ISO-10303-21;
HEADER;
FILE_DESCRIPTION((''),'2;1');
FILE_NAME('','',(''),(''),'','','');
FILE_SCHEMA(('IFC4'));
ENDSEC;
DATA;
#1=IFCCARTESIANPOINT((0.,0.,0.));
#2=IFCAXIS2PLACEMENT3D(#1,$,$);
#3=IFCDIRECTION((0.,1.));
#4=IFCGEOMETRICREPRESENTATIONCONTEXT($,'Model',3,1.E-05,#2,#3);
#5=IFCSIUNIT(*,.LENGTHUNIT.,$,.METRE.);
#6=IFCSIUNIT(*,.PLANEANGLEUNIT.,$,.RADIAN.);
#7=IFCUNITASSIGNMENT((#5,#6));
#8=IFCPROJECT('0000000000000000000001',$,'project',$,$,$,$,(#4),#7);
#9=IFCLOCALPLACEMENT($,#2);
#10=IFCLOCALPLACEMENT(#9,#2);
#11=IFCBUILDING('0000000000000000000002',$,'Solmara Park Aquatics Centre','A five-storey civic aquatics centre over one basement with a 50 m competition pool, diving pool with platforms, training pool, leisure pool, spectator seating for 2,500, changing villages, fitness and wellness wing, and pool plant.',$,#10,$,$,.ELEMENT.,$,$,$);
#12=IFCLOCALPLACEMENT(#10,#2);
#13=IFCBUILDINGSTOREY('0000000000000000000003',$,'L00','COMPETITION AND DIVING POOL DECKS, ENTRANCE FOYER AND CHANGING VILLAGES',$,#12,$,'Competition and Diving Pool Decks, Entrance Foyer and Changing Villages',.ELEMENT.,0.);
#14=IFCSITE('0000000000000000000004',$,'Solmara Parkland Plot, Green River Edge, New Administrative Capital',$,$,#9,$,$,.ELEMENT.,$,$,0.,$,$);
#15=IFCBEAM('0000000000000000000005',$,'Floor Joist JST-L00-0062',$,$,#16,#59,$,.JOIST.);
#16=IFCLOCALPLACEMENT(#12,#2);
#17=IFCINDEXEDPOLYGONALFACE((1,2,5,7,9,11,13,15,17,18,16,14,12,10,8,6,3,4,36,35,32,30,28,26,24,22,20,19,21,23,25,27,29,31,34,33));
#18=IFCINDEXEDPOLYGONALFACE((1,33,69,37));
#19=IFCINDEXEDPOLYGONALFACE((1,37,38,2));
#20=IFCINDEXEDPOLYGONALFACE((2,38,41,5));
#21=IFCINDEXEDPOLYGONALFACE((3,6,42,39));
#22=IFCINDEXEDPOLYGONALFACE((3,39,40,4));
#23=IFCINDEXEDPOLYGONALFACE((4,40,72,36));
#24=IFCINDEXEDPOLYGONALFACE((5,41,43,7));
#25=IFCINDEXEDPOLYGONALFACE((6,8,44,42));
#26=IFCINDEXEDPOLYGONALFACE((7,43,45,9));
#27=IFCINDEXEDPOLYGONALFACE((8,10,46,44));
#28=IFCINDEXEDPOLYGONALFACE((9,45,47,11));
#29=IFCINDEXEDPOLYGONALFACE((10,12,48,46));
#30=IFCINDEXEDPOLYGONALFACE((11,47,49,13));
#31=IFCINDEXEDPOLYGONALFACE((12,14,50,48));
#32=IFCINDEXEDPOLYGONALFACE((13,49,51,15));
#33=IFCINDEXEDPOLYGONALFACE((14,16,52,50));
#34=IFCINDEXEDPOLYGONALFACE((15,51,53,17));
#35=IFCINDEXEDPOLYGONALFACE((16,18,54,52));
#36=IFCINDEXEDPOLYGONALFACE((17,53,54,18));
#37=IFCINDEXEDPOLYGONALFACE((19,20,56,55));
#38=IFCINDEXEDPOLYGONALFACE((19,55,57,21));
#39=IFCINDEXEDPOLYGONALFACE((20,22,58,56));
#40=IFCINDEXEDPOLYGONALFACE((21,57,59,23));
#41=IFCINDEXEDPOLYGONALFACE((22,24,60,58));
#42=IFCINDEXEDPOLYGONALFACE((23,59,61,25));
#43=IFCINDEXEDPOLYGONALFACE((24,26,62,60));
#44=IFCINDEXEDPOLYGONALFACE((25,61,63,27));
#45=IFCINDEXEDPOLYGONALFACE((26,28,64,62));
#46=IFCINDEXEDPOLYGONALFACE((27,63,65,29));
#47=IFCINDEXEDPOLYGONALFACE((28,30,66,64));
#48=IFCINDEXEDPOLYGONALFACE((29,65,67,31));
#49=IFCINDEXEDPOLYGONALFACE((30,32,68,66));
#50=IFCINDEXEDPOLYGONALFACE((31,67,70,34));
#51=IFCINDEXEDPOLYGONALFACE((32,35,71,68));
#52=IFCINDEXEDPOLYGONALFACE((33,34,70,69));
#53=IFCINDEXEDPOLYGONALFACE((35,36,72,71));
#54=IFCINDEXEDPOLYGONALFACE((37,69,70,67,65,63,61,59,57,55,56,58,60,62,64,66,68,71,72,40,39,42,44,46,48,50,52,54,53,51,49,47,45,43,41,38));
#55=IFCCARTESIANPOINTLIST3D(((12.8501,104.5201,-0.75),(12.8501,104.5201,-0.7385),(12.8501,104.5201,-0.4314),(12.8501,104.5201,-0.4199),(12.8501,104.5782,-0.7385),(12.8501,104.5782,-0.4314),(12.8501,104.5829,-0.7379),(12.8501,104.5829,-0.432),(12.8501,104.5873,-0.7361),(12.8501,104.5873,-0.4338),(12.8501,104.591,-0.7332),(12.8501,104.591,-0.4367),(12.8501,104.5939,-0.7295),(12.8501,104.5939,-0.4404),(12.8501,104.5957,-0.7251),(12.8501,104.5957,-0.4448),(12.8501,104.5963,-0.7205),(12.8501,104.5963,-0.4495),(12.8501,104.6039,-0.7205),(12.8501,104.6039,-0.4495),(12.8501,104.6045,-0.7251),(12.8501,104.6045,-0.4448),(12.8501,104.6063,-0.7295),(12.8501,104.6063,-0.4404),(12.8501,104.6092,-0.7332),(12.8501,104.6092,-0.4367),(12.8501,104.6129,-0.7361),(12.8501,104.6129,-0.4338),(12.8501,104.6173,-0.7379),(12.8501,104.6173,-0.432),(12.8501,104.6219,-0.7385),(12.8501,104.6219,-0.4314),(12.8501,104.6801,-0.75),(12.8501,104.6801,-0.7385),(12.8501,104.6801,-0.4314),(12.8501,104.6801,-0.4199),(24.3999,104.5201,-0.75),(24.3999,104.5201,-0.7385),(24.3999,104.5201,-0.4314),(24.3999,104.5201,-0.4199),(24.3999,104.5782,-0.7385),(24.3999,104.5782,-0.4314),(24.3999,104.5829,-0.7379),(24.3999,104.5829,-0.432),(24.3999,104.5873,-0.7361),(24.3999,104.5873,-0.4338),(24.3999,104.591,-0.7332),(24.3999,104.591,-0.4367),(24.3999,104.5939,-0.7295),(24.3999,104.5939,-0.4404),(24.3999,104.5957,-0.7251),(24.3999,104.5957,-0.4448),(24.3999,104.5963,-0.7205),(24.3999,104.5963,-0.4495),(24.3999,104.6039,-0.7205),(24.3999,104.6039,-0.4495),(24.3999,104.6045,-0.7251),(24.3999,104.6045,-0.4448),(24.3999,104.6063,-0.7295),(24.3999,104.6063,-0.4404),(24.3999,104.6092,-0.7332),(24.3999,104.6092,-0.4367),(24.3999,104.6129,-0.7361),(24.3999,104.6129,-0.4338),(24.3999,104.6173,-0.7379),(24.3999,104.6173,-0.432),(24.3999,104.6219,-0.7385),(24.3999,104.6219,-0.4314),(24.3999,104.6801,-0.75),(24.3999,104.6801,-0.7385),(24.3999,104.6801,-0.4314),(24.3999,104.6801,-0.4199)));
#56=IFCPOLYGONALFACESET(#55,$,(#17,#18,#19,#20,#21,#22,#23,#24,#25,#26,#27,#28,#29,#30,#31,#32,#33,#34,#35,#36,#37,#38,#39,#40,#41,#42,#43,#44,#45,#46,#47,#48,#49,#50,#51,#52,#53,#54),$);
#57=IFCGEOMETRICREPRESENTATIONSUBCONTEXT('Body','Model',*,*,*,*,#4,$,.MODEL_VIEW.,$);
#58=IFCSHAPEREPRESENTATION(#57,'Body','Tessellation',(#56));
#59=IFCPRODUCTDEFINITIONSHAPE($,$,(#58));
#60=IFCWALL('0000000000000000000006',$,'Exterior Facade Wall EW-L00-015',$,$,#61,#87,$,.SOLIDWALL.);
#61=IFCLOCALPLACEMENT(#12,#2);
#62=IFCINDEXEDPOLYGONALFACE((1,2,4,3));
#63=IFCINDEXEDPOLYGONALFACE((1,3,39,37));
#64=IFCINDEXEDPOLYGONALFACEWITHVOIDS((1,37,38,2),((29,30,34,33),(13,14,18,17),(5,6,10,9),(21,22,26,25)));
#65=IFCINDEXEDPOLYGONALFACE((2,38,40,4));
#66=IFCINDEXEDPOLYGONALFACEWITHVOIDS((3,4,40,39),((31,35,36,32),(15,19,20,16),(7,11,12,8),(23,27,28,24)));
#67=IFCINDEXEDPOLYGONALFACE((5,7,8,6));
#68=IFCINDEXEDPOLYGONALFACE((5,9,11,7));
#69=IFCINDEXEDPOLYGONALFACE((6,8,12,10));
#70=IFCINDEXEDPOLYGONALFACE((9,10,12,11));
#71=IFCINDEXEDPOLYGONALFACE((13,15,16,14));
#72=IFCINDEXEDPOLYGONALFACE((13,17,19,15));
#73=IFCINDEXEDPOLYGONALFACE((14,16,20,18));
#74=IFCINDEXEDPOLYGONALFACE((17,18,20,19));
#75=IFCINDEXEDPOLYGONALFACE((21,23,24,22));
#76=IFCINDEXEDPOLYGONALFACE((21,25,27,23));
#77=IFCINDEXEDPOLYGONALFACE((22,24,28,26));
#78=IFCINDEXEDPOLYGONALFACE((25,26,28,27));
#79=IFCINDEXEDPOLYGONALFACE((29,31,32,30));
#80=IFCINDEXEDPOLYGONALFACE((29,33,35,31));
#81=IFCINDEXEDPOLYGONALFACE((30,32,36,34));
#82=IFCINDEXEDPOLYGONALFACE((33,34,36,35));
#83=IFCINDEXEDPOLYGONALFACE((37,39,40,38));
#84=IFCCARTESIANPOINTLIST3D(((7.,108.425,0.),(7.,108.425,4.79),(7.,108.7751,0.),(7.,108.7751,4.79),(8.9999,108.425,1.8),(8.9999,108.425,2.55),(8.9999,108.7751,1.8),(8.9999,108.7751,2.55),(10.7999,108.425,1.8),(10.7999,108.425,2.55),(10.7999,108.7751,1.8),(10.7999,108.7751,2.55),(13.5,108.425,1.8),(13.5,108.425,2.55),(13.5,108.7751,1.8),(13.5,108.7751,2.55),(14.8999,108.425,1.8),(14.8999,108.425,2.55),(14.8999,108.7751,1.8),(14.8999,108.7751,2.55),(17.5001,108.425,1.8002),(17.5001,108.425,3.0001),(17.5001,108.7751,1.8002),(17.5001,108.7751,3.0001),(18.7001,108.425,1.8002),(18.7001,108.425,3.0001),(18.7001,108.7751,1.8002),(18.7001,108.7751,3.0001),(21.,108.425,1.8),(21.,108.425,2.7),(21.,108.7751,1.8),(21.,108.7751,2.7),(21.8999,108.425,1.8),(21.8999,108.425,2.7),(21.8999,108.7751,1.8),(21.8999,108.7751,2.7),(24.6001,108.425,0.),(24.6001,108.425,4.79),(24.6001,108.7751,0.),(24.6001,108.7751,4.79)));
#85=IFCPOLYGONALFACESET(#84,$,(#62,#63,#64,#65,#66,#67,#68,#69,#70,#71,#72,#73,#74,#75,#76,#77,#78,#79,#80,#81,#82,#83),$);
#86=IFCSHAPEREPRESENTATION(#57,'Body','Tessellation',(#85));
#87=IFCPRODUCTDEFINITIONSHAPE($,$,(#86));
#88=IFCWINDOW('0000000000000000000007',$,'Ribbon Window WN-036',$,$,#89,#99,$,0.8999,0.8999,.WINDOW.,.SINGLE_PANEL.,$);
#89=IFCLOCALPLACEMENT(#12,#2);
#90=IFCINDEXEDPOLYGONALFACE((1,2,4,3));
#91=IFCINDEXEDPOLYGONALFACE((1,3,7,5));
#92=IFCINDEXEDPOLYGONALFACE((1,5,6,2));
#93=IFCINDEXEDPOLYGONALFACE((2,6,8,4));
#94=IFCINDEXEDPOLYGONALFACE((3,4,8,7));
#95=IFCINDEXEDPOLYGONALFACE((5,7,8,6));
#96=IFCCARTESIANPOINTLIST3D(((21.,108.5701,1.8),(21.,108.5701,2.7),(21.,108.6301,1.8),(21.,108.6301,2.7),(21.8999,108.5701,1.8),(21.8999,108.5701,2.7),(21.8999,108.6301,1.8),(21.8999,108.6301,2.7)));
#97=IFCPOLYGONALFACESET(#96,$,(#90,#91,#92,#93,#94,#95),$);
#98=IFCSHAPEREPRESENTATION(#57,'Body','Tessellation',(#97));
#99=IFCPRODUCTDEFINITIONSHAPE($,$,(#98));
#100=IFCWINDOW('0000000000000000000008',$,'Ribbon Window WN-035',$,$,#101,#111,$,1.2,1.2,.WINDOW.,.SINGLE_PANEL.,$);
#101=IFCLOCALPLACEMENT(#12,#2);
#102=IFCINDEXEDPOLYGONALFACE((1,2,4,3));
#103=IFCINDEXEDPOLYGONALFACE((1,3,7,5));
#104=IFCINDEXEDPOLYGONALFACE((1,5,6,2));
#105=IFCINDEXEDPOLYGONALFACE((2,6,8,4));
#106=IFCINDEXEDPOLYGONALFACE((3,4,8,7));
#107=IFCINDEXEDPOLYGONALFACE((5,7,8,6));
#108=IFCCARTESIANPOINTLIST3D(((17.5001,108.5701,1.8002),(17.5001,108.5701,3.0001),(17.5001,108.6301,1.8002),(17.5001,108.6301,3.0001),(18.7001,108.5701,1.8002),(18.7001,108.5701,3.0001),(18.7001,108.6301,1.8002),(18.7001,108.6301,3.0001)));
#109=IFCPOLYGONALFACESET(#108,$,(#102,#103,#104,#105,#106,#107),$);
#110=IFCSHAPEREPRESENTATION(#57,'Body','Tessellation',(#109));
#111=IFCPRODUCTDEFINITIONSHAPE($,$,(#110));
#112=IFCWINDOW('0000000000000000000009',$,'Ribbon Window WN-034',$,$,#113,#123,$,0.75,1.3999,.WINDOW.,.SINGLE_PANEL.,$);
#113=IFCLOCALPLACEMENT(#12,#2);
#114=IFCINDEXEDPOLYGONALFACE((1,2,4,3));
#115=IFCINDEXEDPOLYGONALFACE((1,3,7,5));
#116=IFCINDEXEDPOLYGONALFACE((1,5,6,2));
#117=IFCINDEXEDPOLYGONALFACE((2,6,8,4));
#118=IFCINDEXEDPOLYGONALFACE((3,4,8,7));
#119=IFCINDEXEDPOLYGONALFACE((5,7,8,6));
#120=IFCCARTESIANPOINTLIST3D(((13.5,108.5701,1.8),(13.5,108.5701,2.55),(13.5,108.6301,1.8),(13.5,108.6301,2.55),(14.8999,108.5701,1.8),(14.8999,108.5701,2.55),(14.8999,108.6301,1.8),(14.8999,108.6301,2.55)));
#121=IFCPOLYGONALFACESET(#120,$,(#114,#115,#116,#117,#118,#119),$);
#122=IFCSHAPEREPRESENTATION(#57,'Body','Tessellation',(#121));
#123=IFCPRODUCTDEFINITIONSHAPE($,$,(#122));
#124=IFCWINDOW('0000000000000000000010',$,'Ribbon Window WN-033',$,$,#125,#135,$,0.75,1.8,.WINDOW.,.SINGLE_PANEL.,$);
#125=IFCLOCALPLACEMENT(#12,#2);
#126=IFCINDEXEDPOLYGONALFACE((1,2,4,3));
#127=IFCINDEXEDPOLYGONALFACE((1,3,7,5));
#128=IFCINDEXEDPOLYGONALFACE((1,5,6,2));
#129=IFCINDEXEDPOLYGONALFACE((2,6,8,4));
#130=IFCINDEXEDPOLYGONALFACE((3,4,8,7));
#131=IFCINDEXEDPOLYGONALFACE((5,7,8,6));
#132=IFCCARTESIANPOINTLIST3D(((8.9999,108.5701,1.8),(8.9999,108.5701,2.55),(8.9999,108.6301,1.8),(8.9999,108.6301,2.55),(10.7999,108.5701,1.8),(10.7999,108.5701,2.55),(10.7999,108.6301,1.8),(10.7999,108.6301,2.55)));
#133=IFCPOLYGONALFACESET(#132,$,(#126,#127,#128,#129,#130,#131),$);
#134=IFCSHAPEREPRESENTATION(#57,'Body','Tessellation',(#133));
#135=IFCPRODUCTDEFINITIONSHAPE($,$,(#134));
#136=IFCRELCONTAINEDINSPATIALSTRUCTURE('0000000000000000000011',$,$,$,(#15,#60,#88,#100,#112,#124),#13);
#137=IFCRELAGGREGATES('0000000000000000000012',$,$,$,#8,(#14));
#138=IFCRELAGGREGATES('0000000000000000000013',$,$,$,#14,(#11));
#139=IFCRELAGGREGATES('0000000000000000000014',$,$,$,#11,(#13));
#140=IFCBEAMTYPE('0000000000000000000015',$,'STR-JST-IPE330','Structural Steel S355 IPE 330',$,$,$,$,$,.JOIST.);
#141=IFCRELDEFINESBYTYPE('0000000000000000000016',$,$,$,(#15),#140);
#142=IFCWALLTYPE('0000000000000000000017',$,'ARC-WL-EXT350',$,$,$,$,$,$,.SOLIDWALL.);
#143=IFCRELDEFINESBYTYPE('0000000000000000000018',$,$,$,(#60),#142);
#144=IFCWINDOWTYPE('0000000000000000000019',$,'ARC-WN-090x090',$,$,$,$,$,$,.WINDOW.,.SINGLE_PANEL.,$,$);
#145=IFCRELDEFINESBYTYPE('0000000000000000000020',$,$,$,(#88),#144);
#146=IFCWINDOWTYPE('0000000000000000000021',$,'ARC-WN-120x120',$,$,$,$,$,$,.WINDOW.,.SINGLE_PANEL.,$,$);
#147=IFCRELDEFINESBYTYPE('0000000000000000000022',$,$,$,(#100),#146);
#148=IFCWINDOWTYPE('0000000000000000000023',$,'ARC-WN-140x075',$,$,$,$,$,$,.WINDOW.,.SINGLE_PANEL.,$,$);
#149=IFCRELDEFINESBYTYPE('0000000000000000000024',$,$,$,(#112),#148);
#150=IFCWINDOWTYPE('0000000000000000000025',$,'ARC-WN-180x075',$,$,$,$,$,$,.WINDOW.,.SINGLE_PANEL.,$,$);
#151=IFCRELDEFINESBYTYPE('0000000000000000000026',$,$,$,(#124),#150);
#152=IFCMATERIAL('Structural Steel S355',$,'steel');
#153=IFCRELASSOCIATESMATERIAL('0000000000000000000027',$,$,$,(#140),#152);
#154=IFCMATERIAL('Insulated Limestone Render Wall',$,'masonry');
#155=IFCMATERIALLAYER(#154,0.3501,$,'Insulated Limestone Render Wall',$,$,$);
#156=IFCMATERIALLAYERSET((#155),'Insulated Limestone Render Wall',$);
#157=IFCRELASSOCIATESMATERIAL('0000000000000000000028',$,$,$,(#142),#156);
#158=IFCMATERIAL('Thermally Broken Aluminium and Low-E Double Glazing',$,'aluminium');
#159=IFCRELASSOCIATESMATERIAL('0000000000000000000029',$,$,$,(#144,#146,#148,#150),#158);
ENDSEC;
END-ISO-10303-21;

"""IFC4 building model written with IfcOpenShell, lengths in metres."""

from ifc_helpers import new_model, si_unit, direction, frame, frame_2d, origin, origin_2d, place, context, subcontext, project, spatial, rectangle, i_section, extrude, material, layer, layer_set, material_profile, profile_set, type_object, element, fill, save


model = new_model("IFC4")

# Units and contexts
model_context = context("Model", 3, precision=1e-05, world=origin(), true_north=direction((0.0, 1.0)))
body_context = subcontext(model_context, "Body", "Model", "MODEL_VIEW")
ifc_project = project(units=[si_unit("LENGTHUNIT", "METRE"), si_unit("PLANEANGLEUNIT", "RADIAN")], contexts=[model_context])

# Site, building, storey
site_placement = place(None, origin())
site = spatial("IfcSite", under=ifc_project, at=site_placement, Name="Solmara Parkland Plot, Green River Edge, New Administrative Capital", CompositionType="ELEMENT", RefElevation=0.0)
building_placement = place(site_placement, origin())
building = spatial("IfcBuilding", under=site, at=building_placement, Name="Solmara Park Aquatics Centre", Description="A five-storey civic aquatics centre over one basement with a 50 m competition pool, diving pool with platforms, training pool, leisure pool, spectator seating for 2,500, changing villages, fitness and wellness wing, and pool plant.", CompositionType="ELEMENT")
storey_placement = place(building_placement, origin())
storey = spatial("IfcBuildingStorey", under=building, at=storey_placement, Name="L00", Description="COMPETITION AND DIVING POOL DECKS, ENTRANCE FOYER AND CHANGING VILLAGES", LongName="Competition and Diving Pool Decks, Entrance Foyer and Changing Villages", CompositionType="ELEMENT", Elevation=0.0)

# Beam
ifc_material_1 = material(Name="Structural Steel S355", Category="steel")
ifc_material_profile_1 = material_profile(ifc_material_1, i_section(OverallWidth=0.1599, OverallDepth=0.3301, WebThickness=0.0076, FlangeThickness=0.0115, FilletRadius=0.0181, at=origin_2d()), Name="IPE 330")
ifc_profile_set_1 = profile_set([ifc_material_profile_1], Name="Structural Steel S355")
beam_type_1 = type_object("IfcBeamType", Name="STR-JST-IPE330", Description="Structural Steel S355 IPE 330", PredefinedType="JOIST", material=ifc_profile_set_1)
for number, where, z_axis, x_axis, name in (
    (1, (12.8501, 104.6001, -0.585), (1.0, 0.0, 0.0), (0.0, 1.0, 0.0), "Floor Joist JST-L00-0062"),
):
    element("IfcBeam", number, at=place(storey_placement, frame(where, z_axis=z_axis, x_axis=x_axis)), inside=storey, type_object=beam_type_1, Name=name, PredefinedType="JOIST", context=body_context, shape_type="SweptSolid", body=[
        extrude(i_section(OverallWidth=0.1599, OverallDepth=0.3301, WebThickness=0.0076, FlangeThickness=0.0115, FilletRadius=0.0181, at=origin_2d()), origin(), (0.0, 0.0, 1.0), 11.5498),
    ])

# Wall, openings, windows
ifc_material_2 = material(Name="Insulated Limestone Render Wall", Category="masonry")
ifc_layer_1 = layer(ifc_material_2, 0.3501, Name="Insulated Limestone Render Wall")
ifc_layer_set_1 = layer_set([ifc_layer_1], Name="Insulated Limestone Render Wall")
wall_type_1 = type_object("IfcWallType", Name="ARC-WL-EXT350", PredefinedType="SOLIDWALL", material=ifc_layer_set_1)
wall_1_placement = place(storey_placement, frame((7.0, 108.6001, 0.0), z_axis=(0.0, 0.0, 1.0), x_axis=(1.0, 0.0, 0.0)))
wall_1 = element("IfcWall", 2, at=wall_1_placement, inside=storey, type_object=wall_type_1, Name="Exterior Facade Wall EW-L00-015", PredefinedType="SOLIDWALL", context=body_context, shape_type="SweptSolid", body=[
    extrude(rectangle(XDim=17.6001, YDim=0.3501, at=frame_2d((8.8, 0.0))), origin(), (0.0, 0.0, 1.0), 4.79),
])
opening_1_placement = place(wall_1_placement, frame((2.0, 0.0, 1.8)))
opening_1 = element("IfcOpeningElement", 3, at=opening_1_placement, cuts=wall_1, PredefinedType="OPENING", context=body_context, shape_type="SweptSolid", body=[
    extrude(rectangle(XDim=1.8, YDim=0.75, at=frame_2d((0.8999, 0.375))), frame((0.0, 0.1851, 0.0), z_axis=(0.0, -1.0, 0.0), x_axis=(1.0, 0.0, 0.0)), (0.0, 0.0, 1.0), 0.3701),
])
opening_2_placement = place(wall_1_placement, frame((6.5, 0.0, 1.8)))
opening_2 = element("IfcOpeningElement", 4, at=opening_2_placement, cuts=wall_1, PredefinedType="OPENING", context=body_context, shape_type="SweptSolid", body=[
    extrude(rectangle(XDim=1.3999, YDim=0.75, at=frame_2d((0.7, 0.375))), frame((0.0, 0.1851, 0.0), z_axis=(0.0, -1.0, 0.0), x_axis=(1.0, 0.0, 0.0)), (0.0, 0.0, 1.0), 0.3701),
])
opening_3_placement = place(wall_1_placement, frame((10.5, 0.0, 1.8)))
opening_3 = element("IfcOpeningElement", 5, at=opening_3_placement, cuts=wall_1, PredefinedType="OPENING", context=body_context, shape_type="SweptSolid", body=[
    extrude(rectangle(XDim=1.2, YDim=1.2, at=frame_2d((0.6001, 0.6001))), frame((0.0, 0.1851, 0.0), z_axis=(0.0, -1.0, 0.0), x_axis=(1.0, 0.0, 0.0)), (0.0, 0.0, 1.0), 0.3701),
])
opening_4_placement = place(wall_1_placement, frame((14.0, 0.0, 1.8)))
opening_4 = element("IfcOpeningElement", 6, at=opening_4_placement, cuts=wall_1, PredefinedType="OPENING", context=body_context, shape_type="SweptSolid", body=[
    extrude(rectangle(XDim=0.8999, YDim=0.8999, at=frame_2d((0.45, 0.45))), frame((0.0, 0.1851, 0.0), z_axis=(0.0, -1.0, 0.0), x_axis=(1.0, 0.0, 0.0)), (0.0, 0.0, 1.0), 0.3701),
])
ifc_material_3 = material(Name="Thermally Broken Aluminium and Low-E Double Glazing", Category="aluminium")
window_type_1 = type_object("IfcWindowType", Name="ARC-WN-090x090", PartitioningType="SINGLE_PANEL", PredefinedType="WINDOW", material=ifc_material_3)
window_1_placement = place(opening_4_placement, origin())
window_1 = element("IfcWindow", 7, at=window_1_placement, inside=storey, type_object=window_type_1, Name="Ribbon Window WN-036", OverallHeight=0.8999, OverallWidth=0.8999, PartitioningType="SINGLE_PANEL", PredefinedType="WINDOW", context=body_context, shape_type="SweptSolid", body=[
    extrude(rectangle(XDim=0.8999, YDim=0.8999, at=frame_2d((0.45, 0.45))), frame((0.0, 0.03, 0.0), z_axis=(0.0, -1.0, 0.0), x_axis=(1.0, 0.0, 0.0)), (0.0, 0.0, 1.0), 0.0601),
])
fill(opening_4, window_1)
window_type_2 = type_object("IfcWindowType", Name="ARC-WN-120x120", PartitioningType="SINGLE_PANEL", PredefinedType="WINDOW", material=ifc_material_3)
window_2_placement = place(opening_3_placement, origin())
window_2 = element("IfcWindow", 8, at=window_2_placement, inside=storey, type_object=window_type_2, Name="Ribbon Window WN-035", OverallHeight=1.2, OverallWidth=1.2, PartitioningType="SINGLE_PANEL", PredefinedType="WINDOW", context=body_context, shape_type="SweptSolid", body=[
    extrude(rectangle(XDim=1.2, YDim=1.2, at=frame_2d((0.6001, 0.6001))), frame((0.0, 0.03, 0.0), z_axis=(0.0, -1.0, 0.0), x_axis=(1.0, 0.0, 0.0)), (0.0, 0.0, 1.0), 0.0601),
])
fill(opening_3, window_2)
window_type_3 = type_object("IfcWindowType", Name="ARC-WN-140x075", PartitioningType="SINGLE_PANEL", PredefinedType="WINDOW", material=ifc_material_3)
window_3_placement = place(opening_2_placement, origin())
window_3 = element("IfcWindow", 9, at=window_3_placement, inside=storey, type_object=window_type_3, Name="Ribbon Window WN-034", OverallHeight=0.75, OverallWidth=1.3999, PartitioningType="SINGLE_PANEL", PredefinedType="WINDOW", context=body_context, shape_type="SweptSolid", body=[
    extrude(rectangle(XDim=1.3999, YDim=0.75, at=frame_2d((0.7, 0.375))), frame((0.0, 0.03, 0.0), z_axis=(0.0, -1.0, 0.0), x_axis=(1.0, 0.0, 0.0)), (0.0, 0.0, 1.0), 0.0601),
])
fill(opening_2, window_3)
window_type_4 = type_object("IfcWindowType", Name="ARC-WN-180x075", PartitioningType="SINGLE_PANEL", PredefinedType="WINDOW", material=ifc_material_3)
window_4_placement = place(opening_1_placement, origin())
window_4 = element("IfcWindow", 10, at=window_4_placement, inside=storey, type_object=window_type_4, Name="Ribbon Window WN-033", OverallHeight=0.75, OverallWidth=1.8, PartitioningType="SINGLE_PANEL", PredefinedType="WINDOW", context=body_context, shape_type="SweptSolid", body=[
    extrude(rectangle(XDim=1.8, YDim=0.75, at=frame_2d((0.8999, 0.375))), frame((0.0, 0.03, 0.0), z_axis=(0.0, -1.0, 0.0), x_axis=(1.0, 0.0, 0.0)), (0.0, 0.0, 1.0), 0.0601),
])
fill(opening_1, window_4)

save(model, "model.ifc")
